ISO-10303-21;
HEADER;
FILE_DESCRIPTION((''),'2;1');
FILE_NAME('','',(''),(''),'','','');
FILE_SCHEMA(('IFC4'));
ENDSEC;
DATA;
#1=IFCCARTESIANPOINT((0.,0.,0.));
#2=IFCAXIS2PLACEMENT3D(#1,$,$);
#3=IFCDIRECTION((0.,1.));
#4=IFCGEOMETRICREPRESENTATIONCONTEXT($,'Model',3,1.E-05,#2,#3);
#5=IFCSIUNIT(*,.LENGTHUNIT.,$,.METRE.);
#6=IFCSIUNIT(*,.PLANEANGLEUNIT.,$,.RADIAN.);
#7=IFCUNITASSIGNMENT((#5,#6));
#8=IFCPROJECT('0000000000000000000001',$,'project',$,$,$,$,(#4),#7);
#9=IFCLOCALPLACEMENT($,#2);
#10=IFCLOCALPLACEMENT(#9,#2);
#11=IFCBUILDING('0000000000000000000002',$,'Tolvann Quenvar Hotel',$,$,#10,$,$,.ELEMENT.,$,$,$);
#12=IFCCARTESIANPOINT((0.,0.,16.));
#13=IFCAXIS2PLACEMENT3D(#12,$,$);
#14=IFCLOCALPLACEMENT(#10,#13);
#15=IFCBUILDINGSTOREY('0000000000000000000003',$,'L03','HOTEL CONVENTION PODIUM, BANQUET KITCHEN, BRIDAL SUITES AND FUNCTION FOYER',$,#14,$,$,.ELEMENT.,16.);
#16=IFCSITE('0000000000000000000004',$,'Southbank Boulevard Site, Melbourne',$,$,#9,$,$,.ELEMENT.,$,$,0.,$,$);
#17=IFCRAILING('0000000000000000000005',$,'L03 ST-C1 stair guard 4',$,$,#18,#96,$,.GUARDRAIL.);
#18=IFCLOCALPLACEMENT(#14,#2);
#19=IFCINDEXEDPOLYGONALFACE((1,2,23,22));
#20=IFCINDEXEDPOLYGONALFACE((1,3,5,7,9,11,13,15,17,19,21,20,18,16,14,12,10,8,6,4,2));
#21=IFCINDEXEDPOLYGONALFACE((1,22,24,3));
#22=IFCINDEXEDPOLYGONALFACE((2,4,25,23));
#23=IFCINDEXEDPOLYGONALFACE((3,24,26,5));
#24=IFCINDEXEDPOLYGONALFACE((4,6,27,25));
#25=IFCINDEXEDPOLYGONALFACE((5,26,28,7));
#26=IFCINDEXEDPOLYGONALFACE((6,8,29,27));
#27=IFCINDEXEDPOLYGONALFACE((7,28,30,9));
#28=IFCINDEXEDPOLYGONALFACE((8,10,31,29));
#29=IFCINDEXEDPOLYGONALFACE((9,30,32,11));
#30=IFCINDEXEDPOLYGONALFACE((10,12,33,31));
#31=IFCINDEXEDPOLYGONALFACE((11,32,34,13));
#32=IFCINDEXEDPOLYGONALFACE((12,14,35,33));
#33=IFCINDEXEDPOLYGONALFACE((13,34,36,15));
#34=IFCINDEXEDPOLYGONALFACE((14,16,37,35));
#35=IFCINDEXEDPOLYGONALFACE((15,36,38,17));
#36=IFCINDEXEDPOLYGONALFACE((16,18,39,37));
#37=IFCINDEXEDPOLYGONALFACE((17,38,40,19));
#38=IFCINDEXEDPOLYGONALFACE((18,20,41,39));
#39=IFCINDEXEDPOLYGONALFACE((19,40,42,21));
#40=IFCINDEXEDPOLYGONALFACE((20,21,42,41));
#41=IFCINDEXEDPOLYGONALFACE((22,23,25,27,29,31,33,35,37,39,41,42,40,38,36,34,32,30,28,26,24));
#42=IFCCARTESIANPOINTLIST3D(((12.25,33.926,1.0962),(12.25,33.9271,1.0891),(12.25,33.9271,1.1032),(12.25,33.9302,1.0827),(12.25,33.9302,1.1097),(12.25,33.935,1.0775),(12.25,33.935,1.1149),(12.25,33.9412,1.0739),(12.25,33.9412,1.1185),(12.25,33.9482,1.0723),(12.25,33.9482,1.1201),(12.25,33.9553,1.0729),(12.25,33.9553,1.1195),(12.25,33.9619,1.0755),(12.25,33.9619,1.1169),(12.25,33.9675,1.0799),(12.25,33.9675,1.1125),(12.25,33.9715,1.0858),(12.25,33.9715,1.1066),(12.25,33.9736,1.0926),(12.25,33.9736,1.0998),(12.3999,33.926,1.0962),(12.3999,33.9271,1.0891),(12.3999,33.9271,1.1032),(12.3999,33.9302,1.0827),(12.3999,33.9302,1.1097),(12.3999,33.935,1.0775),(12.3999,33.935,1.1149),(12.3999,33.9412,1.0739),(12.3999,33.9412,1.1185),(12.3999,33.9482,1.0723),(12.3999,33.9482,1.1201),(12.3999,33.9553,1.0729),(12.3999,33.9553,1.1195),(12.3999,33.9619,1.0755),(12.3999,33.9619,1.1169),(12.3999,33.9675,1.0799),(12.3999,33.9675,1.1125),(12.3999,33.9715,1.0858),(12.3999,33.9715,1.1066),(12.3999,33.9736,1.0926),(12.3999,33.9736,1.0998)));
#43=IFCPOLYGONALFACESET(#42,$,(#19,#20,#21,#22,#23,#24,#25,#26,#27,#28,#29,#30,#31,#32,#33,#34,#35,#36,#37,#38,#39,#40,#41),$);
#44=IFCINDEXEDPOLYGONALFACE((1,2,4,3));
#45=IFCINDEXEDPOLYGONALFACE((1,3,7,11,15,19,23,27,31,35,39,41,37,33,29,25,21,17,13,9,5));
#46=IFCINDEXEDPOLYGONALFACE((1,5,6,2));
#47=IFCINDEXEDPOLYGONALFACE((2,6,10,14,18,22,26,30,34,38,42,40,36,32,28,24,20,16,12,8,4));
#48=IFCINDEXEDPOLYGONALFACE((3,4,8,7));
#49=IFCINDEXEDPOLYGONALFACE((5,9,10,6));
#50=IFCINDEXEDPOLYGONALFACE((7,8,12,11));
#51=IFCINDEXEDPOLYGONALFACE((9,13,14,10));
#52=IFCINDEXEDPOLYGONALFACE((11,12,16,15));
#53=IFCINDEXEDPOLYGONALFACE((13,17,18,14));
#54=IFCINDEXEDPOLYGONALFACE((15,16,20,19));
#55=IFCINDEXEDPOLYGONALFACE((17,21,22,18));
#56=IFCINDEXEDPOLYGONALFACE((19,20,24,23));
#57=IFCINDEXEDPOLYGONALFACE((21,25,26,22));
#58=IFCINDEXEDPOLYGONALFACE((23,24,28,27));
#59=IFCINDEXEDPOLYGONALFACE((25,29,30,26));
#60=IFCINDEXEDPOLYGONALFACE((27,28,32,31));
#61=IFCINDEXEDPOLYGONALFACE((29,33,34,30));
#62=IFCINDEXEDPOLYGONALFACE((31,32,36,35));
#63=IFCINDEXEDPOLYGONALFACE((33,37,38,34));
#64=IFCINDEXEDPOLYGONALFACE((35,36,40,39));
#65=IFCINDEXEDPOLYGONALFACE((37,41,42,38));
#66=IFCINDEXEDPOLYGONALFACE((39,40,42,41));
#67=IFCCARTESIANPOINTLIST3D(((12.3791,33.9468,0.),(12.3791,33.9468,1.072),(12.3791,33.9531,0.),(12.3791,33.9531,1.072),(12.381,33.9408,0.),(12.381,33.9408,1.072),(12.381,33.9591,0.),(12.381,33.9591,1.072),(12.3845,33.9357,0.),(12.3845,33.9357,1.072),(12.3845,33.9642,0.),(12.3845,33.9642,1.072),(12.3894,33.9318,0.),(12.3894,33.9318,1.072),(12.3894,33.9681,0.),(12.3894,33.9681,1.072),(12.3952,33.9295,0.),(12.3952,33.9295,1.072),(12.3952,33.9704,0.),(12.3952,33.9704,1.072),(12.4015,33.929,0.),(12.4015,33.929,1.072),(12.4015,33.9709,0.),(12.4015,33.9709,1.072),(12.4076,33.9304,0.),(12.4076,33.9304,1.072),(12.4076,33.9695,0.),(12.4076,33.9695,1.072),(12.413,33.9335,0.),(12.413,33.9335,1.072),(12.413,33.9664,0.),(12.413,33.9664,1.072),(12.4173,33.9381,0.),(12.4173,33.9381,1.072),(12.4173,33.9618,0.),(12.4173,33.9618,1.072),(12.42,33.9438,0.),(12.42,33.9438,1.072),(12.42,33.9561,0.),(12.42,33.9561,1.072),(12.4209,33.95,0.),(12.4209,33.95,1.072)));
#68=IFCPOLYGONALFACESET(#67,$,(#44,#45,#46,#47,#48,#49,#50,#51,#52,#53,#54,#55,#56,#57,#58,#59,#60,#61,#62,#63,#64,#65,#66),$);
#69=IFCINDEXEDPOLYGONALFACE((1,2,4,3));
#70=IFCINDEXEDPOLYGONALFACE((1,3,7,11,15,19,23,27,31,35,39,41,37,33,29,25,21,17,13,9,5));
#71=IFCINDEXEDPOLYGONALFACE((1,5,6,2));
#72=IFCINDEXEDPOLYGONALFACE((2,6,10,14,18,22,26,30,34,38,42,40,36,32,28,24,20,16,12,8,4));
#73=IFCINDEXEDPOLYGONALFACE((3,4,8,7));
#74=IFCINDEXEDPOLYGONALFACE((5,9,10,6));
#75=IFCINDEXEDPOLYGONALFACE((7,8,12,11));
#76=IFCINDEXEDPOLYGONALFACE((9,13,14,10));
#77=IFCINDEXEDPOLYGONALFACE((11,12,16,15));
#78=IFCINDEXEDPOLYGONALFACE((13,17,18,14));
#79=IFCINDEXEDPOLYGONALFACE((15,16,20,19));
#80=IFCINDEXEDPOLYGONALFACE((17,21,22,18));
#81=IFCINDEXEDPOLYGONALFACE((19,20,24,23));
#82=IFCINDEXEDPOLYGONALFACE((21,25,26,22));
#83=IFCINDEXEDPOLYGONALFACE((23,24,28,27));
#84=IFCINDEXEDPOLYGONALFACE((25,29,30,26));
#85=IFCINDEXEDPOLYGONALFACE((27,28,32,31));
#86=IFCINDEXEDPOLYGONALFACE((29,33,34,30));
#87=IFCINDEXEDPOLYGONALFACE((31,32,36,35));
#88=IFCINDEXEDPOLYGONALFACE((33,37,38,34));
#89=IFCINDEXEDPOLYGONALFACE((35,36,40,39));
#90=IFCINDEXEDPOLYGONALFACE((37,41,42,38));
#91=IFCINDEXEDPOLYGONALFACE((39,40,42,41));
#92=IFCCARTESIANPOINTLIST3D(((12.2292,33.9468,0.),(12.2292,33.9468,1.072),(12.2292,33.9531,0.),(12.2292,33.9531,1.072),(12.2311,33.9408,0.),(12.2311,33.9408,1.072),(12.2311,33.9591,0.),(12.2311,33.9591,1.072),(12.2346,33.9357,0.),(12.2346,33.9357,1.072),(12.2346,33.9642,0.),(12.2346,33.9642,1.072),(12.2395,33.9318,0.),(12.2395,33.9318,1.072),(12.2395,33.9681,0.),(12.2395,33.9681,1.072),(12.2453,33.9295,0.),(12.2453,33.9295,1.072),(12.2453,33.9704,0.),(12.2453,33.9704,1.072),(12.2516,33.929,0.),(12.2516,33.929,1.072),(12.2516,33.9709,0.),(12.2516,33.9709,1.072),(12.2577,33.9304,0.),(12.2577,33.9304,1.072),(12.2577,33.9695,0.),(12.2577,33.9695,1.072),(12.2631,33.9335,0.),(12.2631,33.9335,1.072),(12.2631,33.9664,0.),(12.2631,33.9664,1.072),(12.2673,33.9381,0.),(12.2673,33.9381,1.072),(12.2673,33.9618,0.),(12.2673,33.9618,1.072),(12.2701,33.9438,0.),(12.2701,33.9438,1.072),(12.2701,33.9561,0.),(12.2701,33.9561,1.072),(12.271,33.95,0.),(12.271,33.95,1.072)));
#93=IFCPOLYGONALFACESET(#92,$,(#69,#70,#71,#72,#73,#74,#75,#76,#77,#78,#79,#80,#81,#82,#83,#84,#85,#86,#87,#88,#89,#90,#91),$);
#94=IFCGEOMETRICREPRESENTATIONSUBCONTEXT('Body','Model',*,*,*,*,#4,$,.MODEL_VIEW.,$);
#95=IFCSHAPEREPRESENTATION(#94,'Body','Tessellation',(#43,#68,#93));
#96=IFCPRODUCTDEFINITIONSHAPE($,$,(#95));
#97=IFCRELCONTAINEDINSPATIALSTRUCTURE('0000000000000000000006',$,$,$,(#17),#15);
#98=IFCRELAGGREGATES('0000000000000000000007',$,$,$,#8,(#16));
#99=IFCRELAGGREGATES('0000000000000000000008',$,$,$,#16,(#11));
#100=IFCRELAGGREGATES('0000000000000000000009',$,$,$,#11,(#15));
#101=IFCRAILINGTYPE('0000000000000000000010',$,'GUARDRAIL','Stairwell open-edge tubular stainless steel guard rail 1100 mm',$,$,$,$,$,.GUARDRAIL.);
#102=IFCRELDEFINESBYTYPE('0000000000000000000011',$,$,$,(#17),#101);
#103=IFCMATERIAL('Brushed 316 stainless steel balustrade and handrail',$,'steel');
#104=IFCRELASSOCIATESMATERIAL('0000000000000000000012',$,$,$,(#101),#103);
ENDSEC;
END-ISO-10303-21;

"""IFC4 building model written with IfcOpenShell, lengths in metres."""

from ifc_helpers import new_model, si_unit, direction, frame, origin, origin_2d, place, context, subcontext, project, spatial, circle, extrude, material, type_object, element, save


model = new_model("IFC4")

# Units and contexts
model_context = context("Model", 3, precision=1e-05, world=origin(), true_north=direction((0.0, 1.0)))
body_context = subcontext(model_context, "Body", "Model", "MODEL_VIEW")
ifc_project = project(units=[si_unit("LENGTHUNIT", "METRE"), si_unit("PLANEANGLEUNIT", "RADIAN")], contexts=[model_context])

# Site, building, storey
site_placement = place(None, origin())
site = spatial("IfcSite", under=ifc_project, at=site_placement, Name="Southbank Boulevard Site, Melbourne", CompositionType="ELEMENT", RefElevation=0.0)
building_placement = place(site_placement, origin())
building = spatial("IfcBuilding", under=site, at=building_placement, Name="Tolvann Quenvar Hotel", CompositionType="ELEMENT")
storey_placement = place(building_placement, frame((0.0, 0.0, 16.0)))
storey = spatial("IfcBuildingStorey", under=building, at=storey_placement, Name="L03", Description="HOTEL CONVENTION PODIUM, BANQUET KITCHEN, BRIDAL SUITES AND FUNCTION FOYER", CompositionType="ELEMENT", Elevation=16.0)

# Railing
ifc_material_1 = material(Name="Brushed 316 stainless steel balustrade and handrail", Category="steel")
railing_type = type_object("IfcRailingType", Name="GUARDRAIL", Description="Stairwell open-edge tubular stainless steel guard rail 1100 mm", PredefinedType="GUARDRAIL", material=ifc_material_1)
railing_1_placement = place(storey_placement, frame((12.3999, 33.95, 0.0)))
element("IfcRailing", 1, at=railing_1_placement, inside=storey, type_object=railing_type, Name="L03 ST-C1 stair guard 4", PredefinedType="GUARDRAIL", context=body_context, shape_type="SweptSolid", body=[
    extrude(circle(Radius=0.0239, at=origin_2d()), frame((0.0, 0.0, 1.0962), z_axis=(-1.0, 0.0, 0.0), x_axis=(0.0, -1.0, 0.0)), (0.0, 0.0, 1.0), 0.1499),
    extrude(circle(Radius=0.021, at=origin_2d()), origin(), (0.0, 0.0, 1.0), 1.072),
    extrude(circle(Radius=0.021, at=origin_2d()), frame((-0.1499, 0.0, 0.0)), (0.0, 0.0, 1.0), 1.072),
])

save(model, "model.ifc")
